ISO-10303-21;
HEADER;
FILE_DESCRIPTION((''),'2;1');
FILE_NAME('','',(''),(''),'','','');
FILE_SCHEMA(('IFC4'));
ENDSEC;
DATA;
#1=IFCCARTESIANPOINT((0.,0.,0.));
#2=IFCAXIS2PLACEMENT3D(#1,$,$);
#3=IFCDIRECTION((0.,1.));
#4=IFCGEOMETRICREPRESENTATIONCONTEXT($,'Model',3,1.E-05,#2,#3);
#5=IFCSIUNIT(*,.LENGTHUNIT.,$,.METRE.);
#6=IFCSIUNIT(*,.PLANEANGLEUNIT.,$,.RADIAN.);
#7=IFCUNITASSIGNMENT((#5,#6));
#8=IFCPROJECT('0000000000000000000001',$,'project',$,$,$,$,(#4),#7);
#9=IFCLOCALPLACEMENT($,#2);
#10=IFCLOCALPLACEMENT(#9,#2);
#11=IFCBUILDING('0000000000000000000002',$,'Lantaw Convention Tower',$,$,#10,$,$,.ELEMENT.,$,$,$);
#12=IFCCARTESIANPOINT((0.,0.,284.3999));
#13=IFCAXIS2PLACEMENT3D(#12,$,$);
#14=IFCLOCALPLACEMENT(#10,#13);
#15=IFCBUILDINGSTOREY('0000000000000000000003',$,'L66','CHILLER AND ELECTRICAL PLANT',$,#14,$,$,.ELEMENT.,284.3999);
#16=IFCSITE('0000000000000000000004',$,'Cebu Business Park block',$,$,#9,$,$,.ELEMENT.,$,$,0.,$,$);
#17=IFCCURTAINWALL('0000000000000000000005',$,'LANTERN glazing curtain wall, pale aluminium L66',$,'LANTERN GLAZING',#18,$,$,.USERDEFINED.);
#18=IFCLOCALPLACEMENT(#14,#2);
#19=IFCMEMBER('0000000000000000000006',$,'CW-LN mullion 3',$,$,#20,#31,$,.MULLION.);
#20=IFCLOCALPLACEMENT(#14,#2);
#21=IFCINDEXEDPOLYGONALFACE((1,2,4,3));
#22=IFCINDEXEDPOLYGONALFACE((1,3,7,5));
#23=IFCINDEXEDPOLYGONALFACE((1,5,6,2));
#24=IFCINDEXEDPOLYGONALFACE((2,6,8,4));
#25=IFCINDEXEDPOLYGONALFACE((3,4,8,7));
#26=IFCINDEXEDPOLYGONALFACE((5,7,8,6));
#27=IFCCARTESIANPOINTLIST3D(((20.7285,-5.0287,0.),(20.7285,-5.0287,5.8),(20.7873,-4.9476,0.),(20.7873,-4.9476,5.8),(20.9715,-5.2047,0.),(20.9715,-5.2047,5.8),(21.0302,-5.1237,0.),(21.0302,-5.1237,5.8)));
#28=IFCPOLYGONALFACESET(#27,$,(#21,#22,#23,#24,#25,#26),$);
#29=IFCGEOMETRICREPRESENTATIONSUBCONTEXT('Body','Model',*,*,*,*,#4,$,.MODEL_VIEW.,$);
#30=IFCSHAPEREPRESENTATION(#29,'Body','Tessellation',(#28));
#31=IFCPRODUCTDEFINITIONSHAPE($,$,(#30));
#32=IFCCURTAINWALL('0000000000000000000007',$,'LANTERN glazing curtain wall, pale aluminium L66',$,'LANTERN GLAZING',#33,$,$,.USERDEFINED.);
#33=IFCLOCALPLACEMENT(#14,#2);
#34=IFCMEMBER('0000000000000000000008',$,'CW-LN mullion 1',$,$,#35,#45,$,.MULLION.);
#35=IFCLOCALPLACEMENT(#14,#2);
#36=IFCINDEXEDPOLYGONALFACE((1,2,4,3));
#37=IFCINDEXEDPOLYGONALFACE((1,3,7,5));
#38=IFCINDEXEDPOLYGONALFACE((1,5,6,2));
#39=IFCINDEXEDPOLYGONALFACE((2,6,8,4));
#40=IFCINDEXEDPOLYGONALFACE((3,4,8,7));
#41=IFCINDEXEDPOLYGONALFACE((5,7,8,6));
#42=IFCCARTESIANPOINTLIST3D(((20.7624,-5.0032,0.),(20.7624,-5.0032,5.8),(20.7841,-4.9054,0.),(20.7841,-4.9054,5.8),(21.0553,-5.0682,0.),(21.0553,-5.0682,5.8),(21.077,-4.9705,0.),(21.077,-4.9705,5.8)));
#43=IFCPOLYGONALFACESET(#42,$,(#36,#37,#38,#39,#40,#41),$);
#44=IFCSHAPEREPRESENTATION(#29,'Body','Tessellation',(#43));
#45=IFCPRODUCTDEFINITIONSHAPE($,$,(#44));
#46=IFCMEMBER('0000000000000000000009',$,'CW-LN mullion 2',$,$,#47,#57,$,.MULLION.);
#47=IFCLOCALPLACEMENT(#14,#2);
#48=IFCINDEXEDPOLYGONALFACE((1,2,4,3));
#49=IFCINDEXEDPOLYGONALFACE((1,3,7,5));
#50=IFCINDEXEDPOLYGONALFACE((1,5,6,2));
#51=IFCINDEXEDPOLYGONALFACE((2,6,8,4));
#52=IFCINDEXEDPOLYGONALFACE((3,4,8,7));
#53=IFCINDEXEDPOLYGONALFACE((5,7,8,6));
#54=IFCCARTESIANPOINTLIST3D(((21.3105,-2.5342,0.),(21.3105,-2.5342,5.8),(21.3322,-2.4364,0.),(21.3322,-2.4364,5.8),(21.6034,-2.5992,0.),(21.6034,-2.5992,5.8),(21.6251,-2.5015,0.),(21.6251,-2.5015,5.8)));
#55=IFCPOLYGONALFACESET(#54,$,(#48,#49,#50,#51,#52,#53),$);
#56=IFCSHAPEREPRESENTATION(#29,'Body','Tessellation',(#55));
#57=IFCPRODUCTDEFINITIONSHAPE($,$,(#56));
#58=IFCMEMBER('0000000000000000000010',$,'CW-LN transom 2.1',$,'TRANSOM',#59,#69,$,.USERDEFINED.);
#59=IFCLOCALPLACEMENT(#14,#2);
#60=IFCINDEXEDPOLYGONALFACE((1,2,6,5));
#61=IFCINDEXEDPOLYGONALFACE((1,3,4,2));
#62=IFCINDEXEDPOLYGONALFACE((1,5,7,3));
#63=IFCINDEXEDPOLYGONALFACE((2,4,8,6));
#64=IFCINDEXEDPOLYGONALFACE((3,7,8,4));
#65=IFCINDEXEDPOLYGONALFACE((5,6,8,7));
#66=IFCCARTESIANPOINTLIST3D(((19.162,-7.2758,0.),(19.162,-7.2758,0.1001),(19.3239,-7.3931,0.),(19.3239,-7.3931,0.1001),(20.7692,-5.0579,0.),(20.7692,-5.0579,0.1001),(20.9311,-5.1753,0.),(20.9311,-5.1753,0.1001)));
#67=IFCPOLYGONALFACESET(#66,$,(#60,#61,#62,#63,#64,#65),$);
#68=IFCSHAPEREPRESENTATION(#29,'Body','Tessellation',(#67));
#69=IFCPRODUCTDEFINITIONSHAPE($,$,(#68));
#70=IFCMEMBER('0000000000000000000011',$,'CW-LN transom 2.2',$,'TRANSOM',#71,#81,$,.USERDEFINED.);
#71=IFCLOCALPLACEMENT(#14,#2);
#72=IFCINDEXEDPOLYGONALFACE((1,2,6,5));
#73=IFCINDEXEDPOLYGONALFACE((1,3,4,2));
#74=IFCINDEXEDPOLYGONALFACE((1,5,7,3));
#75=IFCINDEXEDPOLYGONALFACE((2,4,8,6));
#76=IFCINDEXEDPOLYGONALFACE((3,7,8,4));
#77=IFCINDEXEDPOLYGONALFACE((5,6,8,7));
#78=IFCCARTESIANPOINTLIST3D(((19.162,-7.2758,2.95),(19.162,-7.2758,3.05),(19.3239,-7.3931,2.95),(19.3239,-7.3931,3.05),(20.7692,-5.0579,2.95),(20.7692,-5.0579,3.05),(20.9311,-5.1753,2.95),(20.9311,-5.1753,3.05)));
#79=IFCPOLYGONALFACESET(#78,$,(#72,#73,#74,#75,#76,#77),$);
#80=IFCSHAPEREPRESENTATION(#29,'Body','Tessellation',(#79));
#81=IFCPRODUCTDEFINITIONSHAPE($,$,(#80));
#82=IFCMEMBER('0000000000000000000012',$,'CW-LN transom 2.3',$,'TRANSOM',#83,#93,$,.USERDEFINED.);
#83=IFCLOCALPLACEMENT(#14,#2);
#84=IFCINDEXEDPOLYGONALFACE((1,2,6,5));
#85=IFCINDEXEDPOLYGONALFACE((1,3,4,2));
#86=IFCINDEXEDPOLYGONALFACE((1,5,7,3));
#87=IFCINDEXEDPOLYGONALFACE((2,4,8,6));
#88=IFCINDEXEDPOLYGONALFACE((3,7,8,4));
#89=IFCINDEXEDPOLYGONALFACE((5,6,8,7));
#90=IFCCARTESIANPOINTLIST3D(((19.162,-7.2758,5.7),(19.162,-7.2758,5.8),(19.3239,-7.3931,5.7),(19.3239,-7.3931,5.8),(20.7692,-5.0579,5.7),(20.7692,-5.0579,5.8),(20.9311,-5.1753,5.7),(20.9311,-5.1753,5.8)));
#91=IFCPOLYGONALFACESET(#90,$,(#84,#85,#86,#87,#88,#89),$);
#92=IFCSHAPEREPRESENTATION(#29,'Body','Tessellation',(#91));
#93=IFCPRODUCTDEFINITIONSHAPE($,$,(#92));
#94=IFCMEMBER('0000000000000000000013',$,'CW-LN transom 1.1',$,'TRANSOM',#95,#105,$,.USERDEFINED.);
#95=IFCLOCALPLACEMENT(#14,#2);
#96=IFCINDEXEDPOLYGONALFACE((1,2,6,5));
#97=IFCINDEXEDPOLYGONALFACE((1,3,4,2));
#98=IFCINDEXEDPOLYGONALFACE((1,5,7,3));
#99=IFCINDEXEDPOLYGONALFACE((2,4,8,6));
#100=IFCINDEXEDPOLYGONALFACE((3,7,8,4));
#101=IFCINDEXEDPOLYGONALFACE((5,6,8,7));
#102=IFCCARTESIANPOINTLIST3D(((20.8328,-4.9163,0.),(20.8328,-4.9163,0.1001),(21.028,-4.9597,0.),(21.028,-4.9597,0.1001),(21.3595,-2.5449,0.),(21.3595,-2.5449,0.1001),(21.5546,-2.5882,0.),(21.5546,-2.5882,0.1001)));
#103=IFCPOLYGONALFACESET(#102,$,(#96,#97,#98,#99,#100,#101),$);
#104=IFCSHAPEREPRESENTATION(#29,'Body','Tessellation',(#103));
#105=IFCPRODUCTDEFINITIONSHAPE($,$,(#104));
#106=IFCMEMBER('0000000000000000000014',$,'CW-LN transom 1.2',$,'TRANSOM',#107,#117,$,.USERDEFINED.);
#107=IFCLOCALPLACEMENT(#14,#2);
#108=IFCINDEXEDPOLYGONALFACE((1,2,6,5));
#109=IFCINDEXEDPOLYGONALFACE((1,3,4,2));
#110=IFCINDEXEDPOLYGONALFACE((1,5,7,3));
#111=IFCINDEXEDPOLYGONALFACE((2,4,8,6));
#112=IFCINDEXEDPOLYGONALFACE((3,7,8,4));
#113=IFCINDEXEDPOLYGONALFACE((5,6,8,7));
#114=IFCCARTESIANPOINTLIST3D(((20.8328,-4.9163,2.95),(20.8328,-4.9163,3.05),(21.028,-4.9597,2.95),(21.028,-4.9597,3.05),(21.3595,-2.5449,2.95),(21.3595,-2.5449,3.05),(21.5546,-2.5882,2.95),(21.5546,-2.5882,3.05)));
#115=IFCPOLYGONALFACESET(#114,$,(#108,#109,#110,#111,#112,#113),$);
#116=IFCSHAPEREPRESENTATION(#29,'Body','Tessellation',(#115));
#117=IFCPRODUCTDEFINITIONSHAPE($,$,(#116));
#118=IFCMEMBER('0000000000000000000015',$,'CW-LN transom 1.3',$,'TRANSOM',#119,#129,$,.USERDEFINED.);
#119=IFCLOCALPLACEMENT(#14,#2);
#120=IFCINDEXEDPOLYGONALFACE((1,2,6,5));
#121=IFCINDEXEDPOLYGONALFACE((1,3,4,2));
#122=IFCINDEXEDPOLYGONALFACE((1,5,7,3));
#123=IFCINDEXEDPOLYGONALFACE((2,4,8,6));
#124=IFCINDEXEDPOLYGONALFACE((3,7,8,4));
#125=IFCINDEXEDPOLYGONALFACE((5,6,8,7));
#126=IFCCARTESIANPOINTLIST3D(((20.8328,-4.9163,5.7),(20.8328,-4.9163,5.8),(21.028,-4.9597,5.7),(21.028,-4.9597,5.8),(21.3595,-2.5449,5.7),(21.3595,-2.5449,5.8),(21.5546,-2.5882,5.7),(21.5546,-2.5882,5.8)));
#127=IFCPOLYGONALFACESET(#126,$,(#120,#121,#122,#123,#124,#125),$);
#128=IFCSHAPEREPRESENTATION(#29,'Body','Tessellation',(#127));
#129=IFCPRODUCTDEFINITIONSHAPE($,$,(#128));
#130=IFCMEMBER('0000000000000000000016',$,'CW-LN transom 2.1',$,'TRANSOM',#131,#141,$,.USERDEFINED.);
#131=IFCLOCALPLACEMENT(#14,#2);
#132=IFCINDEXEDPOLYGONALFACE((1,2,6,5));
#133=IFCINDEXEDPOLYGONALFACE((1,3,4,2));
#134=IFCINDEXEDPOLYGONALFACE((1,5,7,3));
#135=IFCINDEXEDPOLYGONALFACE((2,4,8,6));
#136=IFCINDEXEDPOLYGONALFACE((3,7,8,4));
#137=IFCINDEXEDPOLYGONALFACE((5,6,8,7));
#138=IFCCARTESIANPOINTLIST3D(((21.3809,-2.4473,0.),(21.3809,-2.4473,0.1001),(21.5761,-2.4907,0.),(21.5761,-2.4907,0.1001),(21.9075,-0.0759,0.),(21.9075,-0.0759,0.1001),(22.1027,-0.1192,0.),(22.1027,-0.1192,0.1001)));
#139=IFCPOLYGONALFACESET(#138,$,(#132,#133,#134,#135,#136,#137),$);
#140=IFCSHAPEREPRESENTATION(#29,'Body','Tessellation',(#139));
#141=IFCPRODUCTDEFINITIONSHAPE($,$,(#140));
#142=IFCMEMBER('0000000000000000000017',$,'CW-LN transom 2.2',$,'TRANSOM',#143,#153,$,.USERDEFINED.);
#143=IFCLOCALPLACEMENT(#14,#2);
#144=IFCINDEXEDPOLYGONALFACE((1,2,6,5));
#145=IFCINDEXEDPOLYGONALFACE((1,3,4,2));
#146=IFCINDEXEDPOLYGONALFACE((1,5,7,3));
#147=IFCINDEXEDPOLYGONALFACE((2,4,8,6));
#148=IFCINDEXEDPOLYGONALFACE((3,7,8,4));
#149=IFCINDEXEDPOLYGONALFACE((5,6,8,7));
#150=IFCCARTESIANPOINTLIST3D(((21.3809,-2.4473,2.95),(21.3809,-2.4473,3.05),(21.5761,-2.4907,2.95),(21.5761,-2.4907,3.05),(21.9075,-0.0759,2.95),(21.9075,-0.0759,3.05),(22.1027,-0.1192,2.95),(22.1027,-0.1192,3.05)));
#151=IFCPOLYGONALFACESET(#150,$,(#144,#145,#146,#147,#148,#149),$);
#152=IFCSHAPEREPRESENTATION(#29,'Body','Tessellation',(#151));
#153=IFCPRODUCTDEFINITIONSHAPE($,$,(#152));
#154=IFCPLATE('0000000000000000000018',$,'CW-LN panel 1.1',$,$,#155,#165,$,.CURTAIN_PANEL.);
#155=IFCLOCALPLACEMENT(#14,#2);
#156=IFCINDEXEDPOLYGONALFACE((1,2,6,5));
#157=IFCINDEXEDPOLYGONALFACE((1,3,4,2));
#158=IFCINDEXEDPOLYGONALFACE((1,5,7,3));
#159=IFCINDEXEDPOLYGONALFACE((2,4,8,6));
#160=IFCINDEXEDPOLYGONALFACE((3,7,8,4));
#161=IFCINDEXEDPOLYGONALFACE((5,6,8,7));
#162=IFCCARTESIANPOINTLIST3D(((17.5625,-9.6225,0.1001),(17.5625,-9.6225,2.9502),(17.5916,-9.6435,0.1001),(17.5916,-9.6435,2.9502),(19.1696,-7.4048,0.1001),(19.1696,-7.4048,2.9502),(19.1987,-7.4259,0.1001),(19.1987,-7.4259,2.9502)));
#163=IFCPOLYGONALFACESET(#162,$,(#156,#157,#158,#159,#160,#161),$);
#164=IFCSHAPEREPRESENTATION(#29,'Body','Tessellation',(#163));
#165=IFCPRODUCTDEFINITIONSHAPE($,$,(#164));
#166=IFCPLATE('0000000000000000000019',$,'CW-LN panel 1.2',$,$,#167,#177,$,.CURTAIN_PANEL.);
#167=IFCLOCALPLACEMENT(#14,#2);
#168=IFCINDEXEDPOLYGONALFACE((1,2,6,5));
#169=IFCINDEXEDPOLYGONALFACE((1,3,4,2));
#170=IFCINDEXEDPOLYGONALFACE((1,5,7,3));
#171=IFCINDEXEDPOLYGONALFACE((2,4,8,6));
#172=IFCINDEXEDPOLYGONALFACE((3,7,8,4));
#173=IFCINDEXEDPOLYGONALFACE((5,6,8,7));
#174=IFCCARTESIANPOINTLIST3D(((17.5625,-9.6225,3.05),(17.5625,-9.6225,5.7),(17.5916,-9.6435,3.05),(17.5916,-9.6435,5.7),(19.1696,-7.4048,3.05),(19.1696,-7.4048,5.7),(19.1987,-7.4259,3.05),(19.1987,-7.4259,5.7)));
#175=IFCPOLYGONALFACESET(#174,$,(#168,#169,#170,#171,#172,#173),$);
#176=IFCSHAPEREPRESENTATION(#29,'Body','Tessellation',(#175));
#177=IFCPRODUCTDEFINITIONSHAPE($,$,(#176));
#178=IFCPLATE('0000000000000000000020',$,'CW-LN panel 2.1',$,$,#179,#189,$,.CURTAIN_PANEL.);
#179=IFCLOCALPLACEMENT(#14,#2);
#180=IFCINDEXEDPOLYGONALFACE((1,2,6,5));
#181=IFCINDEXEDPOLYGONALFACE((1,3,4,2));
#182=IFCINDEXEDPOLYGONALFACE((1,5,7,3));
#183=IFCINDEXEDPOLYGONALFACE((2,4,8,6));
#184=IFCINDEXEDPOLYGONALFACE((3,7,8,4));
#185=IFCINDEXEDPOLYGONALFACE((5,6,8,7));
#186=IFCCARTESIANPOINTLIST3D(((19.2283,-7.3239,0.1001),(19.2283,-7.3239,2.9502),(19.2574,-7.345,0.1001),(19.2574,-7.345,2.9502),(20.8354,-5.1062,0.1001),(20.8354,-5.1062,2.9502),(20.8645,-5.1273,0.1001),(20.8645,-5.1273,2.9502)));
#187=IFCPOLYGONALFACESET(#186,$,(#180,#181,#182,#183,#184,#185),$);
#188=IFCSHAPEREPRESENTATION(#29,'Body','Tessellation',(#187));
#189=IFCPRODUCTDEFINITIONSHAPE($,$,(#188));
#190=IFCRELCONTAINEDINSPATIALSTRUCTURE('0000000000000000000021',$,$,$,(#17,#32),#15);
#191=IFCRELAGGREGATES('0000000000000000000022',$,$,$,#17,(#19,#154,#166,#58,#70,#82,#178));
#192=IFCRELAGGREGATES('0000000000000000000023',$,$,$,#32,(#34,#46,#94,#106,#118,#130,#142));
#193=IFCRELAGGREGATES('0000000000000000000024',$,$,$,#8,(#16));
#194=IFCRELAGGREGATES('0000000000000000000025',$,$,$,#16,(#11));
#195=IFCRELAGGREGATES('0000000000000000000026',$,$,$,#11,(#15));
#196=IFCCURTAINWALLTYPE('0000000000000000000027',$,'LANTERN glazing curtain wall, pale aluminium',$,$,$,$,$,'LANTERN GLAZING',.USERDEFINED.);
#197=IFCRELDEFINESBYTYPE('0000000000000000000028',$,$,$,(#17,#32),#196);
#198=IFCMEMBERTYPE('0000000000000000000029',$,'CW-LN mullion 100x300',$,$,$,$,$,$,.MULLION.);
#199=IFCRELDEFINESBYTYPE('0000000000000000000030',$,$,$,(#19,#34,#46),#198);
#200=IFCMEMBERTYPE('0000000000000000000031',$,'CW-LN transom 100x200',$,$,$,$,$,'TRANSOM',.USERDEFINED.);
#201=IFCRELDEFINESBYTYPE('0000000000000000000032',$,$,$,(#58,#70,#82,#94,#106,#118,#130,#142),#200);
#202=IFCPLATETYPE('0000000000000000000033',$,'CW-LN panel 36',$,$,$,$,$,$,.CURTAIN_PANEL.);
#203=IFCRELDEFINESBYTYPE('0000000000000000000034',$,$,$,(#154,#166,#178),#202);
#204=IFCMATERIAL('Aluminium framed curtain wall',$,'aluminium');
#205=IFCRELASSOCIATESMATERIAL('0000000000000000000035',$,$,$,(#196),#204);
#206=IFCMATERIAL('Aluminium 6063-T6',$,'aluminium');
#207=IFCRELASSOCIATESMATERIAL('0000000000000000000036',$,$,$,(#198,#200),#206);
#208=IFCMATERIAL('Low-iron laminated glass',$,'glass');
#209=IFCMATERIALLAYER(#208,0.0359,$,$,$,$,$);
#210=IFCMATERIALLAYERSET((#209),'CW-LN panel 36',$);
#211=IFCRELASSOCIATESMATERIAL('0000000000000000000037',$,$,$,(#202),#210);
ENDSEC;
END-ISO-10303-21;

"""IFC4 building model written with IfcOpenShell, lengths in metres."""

from ifc_helpers import new_model, si_unit, direction, frame, origin, origin_2d, place, context, subcontext, project, spatial, rectangle, extrude, material, layer, layer_set, material_profile, profile_set, type_object, element, aggregate, save


model = new_model("IFC4")

# Units and contexts
model_context = context("Model", 3, precision=1e-05, world=origin(), true_north=direction((0.0, 1.0)))
body_context = subcontext(model_context, "Body", "Model", "MODEL_VIEW")
ifc_project = project(units=[si_unit("LENGTHUNIT", "METRE"), si_unit("PLANEANGLEUNIT", "RADIAN")], contexts=[model_context])

# Site, building, storey
site_placement = place(None, origin())
site = spatial("IfcSite", under=ifc_project, at=site_placement, Name="Cebu Business Park block", CompositionType="ELEMENT", RefElevation=0.0)
building_placement = place(site_placement, origin())
building = spatial("IfcBuilding", under=site, at=building_placement, Name="Lantaw Convention Tower", CompositionType="ELEMENT")
storey_placement = place(building_placement, frame((0.0, 0.0, 284.3999)))
storey = spatial("IfcBuildingStorey", under=building, at=storey_placement, Name="L66", Description="CHILLER AND ELECTRICAL PLANT", CompositionType="ELEMENT", Elevation=284.3999)

# Curtain walls, members
ifc_material_1 = material(Name="Aluminium framed curtain wall", Category="aluminium")
curtain_wall_type = type_object("IfcCurtainWallType", Name="LANTERN glazing curtain wall, pale aluminium", ElementType="LANTERN GLAZING", PredefinedType="USERDEFINED", material=ifc_material_1)
curtain_wall_1_placement = place(storey_placement, origin())
curtain_wall_1 = element("IfcCurtainWall", 1, at=curtain_wall_1_placement, inside=storey, type_object=curtain_wall_type, Name="LANTERN glazing curtain wall, pale aluminium L66", ObjectType="LANTERN GLAZING", PredefinedType="USERDEFINED")
ifc_material_2 = material(Name="Aluminium 6063-T6", Category="aluminium")
ifc_material_profile_1 = material_profile(ifc_material_2, rectangle(XDim=0.3, YDim=0.1001, at=origin_2d()), Name="CW-LN mullion 100x300")
ifc_profile_set_1 = profile_set([ifc_material_profile_1], Name="Aluminium 6063-T6")
member_type_1 = type_object("IfcMemberType", Name="CW-LN mullion 100x300", PredefinedType="MULLION", material=ifc_profile_set_1)
member_1_placement = place(storey_placement, frame((20.8794, -5.0762, 0.0), z_axis=(0.0, 0.0, 1.0), x_axis=(-0.809742, 0.586786, 0.0)))
member_1 = element("IfcMember", 2, at=member_1_placement, type_object=member_type_1, Name="CW-LN mullion 3", PredefinedType="MULLION", context=body_context, shape_type="SweptSolid", body=[
    extrude(rectangle(XDim=0.3, YDim=0.1001, at=origin_2d()), origin(), (0.0, 0.0, 1.0), 5.8),
])
curtain_wall_2_placement = place(storey_placement, origin())
curtain_wall_2 = element("IfcCurtainWall", 3, at=curtain_wall_2_placement, inside=storey, type_object=curtain_wall_type, Name="LANTERN glazing curtain wall, pale aluminium L66", ObjectType="LANTERN GLAZING", PredefinedType="USERDEFINED")
member_2_placement = place(storey_placement, frame((20.9197, -4.9868, 0.0), z_axis=(0.0, 0.0, 1.0), x_axis=(-0.976224, 0.216765, 0.0)))
member_2 = element("IfcMember", 4, at=member_2_placement, type_object=member_type_1, Name="CW-LN mullion 1", PredefinedType="MULLION", context=body_context, shape_type="SweptSolid", body=[
    extrude(rectangle(XDim=0.3, YDim=0.1001, at=origin_2d()), origin(), (0.0, 0.0, 1.0), 5.8),
])
member_3_placement = place(storey_placement, frame((21.4678, -2.5178, 0.0), z_axis=(0.0, 0.0, 1.0), x_axis=(-0.976224, 0.216765, 0.0)))
member_3 = element("IfcMember", 5, at=member_3_placement, type_object=member_type_1, Name="CW-LN mullion 2", PredefinedType="MULLION", context=body_context, shape_type="SweptSolid", body=[
    extrude(rectangle(XDim=0.3, YDim=0.1001, at=origin_2d()), origin(), (0.0, 0.0, 1.0), 5.8),
])

# Members
ifc_material_profile_2 = material_profile(ifc_material_2, rectangle(XDim=0.2, YDim=0.1001, at=origin_2d()), Name="CW-LN transom 100x200")
ifc_profile_set_2 = profile_set([ifc_material_profile_2], Name="Aluminium 6063-T6")
member_type_2 = type_object("IfcMemberType", Name="CW-LN transom 100x200", ElementType="TRANSOM", PredefinedType="USERDEFINED", material=ifc_profile_set_2)
member_4_placement = place(storey_placement, frame((19.2429, -7.3345, 0.05), z_axis=(0.586798, 0.809733, 0.0), x_axis=(-0.809733, 0.586798, 0.0)))
member_4 = element("IfcMember", 6, at=member_4_placement, type_object=member_type_2, Name="CW-LN transom 2.1", ObjectType="TRANSOM", PredefinedType="USERDEFINED", context=body_context, shape_type="SweptSolid", body=[
    extrude(rectangle(XDim=0.2, YDim=0.1001, at=origin_2d()), origin(), (0.0, 0.0, 1.0), 2.739),
])
member_5_placement = place(storey_placement, frame((19.2429, -7.3345, 3.0), z_axis=(0.586798, 0.809733, 0.0), x_axis=(-0.809733, 0.586798, 0.0)))
member_5 = element("IfcMember", 7, at=member_5_placement, type_object=member_type_2, Name="CW-LN transom 2.2", ObjectType="TRANSOM", PredefinedType="USERDEFINED", context=body_context, shape_type="SweptSolid", body=[
    extrude(rectangle(XDim=0.2, YDim=0.1001, at=origin_2d()), origin(), (0.0, 0.0, 1.0), 2.739),
])
member_6_placement = place(storey_placement, frame((19.2429, -7.3345, 5.75), z_axis=(0.586798, 0.809733, 0.0), x_axis=(-0.809733, 0.586798, 0.0)))
member_6 = element("IfcMember", 8, at=member_6_placement, type_object=member_type_2, Name="CW-LN transom 2.3", ObjectType="TRANSOM", PredefinedType="USERDEFINED", context=body_context, shape_type="SweptSolid", body=[
    extrude(rectangle(XDim=0.2, YDim=0.1001, at=origin_2d()), origin(), (0.0, 0.0, 1.0), 2.739),
])
member_7_placement = place(storey_placement, frame((20.9304, -4.938, 0.05), z_axis=(0.216792, 0.976218, 0.0), x_axis=(-0.976218, 0.216792, 0.0)))
member_7 = element("IfcMember", 9, at=member_7_placement, type_object=member_type_2, Name="CW-LN transom 1.1", ObjectType="TRANSOM", PredefinedType="USERDEFINED", context=body_context, shape_type="SweptSolid", body=[
    extrude(rectangle(XDim=0.2, YDim=0.1001, at=origin_2d()), origin(), (0.0, 0.0, 1.0), 2.4292),
])
member_8_placement = place(storey_placement, frame((20.9304, -4.938, 3.0), z_axis=(0.216792, 0.976218, 0.0), x_axis=(-0.976218, 0.216792, 0.0)))
member_8 = element("IfcMember", 10, at=member_8_placement, type_object=member_type_2, Name="CW-LN transom 1.2", ObjectType="TRANSOM", PredefinedType="USERDEFINED", context=body_context, shape_type="SweptSolid", body=[
    extrude(rectangle(XDim=0.2, YDim=0.1001, at=origin_2d()), origin(), (0.0, 0.0, 1.0), 2.4292),
])
member_9_placement = place(storey_placement, frame((20.9304, -4.938, 5.75), z_axis=(0.216792, 0.976218, 0.0), x_axis=(-0.976218, 0.216792, 0.0)))
member_9 = element("IfcMember", 11, at=member_9_placement, type_object=member_type_2, Name="CW-LN transom 1.3", ObjectType="TRANSOM", PredefinedType="USERDEFINED", context=body_context, shape_type="SweptSolid", body=[
    extrude(rectangle(XDim=0.2, YDim=0.1001, at=origin_2d()), origin(), (0.0, 0.0, 1.0), 2.4292),
])
member_10_placement = place(storey_placement, frame((21.4785, -2.469, 0.05), z_axis=(0.216792, 0.976218, 0.0), x_axis=(-0.976218, 0.216792, 0.0)))
member_10 = element("IfcMember", 12, at=member_10_placement, type_object=member_type_2, Name="CW-LN transom 2.1", ObjectType="TRANSOM", PredefinedType="USERDEFINED", context=body_context, shape_type="SweptSolid", body=[
    extrude(rectangle(XDim=0.2, YDim=0.1001, at=origin_2d()), origin(), (0.0, 0.0, 1.0), 2.4292),
])
member_11_placement = place(storey_placement, frame((21.4785, -2.469, 3.0), z_axis=(0.216792, 0.976218, 0.0), x_axis=(-0.976218, 0.216792, 0.0)))
member_11 = element("IfcMember", 13, at=member_11_placement, type_object=member_type_2, Name="CW-LN transom 2.2", ObjectType="TRANSOM", PredefinedType="USERDEFINED", context=body_context, shape_type="SweptSolid", body=[
    extrude(rectangle(XDim=0.2, YDim=0.1001, at=origin_2d()), origin(), (0.0, 0.0, 1.0), 2.4292),
])

# Plates
ifc_material_3 = material(Name="Low-iron laminated glass", Category="glass")
ifc_layer_1 = layer(ifc_material_3, 0.0359)
ifc_layer_set_1 = layer_set([ifc_layer_1], Name="CW-LN panel 36")
plate_type = type_object("IfcPlateType", Name="CW-LN panel 36", PredefinedType="CURTAIN_PANEL", material=ifc_layer_set_1)
plate_1_placement = place(storey_placement, frame((18.3806, -8.5242, 0.1001), z_axis=(0.0, 0.0, 1.0), x_axis=(0.586786, 0.809742, 0.0)))
plate_1 = element("IfcPlate", 14, at=plate_1_placement, type_object=plate_type, Name="CW-LN panel 1.1", PredefinedType="CURTAIN_PANEL", context=body_context, shape_type="SweptSolid", body=[
    extrude(rectangle(XDim=2.7388, YDim=0.0359, at=origin_2d()), origin(), (0.0, 0.0, 1.0), 2.8501),
])
plate_2_placement = place(storey_placement, frame((18.3806, -8.5242, 3.05), z_axis=(0.0, 0.0, 1.0), x_axis=(0.586786, 0.809742, 0.0)))
plate_2 = element("IfcPlate", 15, at=plate_2_placement, type_object=plate_type, Name="CW-LN panel 1.2", PredefinedType="CURTAIN_PANEL", context=body_context, shape_type="SweptSolid", body=[
    extrude(rectangle(XDim=2.7388, YDim=0.0359, at=origin_2d()), origin(), (0.0, 0.0, 1.0), 2.6499),
])
plate_3_placement = place(storey_placement, frame((20.0464, -6.2256, 0.1001), z_axis=(0.0, 0.0, 1.0), x_axis=(0.586786, 0.809742, 0.0)))
plate_3 = element("IfcPlate", 16, at=plate_3_placement, type_object=plate_type, Name="CW-LN panel 2.1", PredefinedType="CURTAIN_PANEL", context=body_context, shape_type="SweptSolid", body=[
    extrude(rectangle(XDim=2.7388, YDim=0.0359, at=origin_2d()), origin(), (0.0, 0.0, 1.0), 2.8501),
])
aggregate(curtain_wall_1, [member_1, plate_1, plate_2, member_4, member_5, member_6, plate_3])
aggregate(curtain_wall_2, [member_2, member_3, member_7, member_8, member_9, member_10, member_11])

save(model, "model.ifc")
